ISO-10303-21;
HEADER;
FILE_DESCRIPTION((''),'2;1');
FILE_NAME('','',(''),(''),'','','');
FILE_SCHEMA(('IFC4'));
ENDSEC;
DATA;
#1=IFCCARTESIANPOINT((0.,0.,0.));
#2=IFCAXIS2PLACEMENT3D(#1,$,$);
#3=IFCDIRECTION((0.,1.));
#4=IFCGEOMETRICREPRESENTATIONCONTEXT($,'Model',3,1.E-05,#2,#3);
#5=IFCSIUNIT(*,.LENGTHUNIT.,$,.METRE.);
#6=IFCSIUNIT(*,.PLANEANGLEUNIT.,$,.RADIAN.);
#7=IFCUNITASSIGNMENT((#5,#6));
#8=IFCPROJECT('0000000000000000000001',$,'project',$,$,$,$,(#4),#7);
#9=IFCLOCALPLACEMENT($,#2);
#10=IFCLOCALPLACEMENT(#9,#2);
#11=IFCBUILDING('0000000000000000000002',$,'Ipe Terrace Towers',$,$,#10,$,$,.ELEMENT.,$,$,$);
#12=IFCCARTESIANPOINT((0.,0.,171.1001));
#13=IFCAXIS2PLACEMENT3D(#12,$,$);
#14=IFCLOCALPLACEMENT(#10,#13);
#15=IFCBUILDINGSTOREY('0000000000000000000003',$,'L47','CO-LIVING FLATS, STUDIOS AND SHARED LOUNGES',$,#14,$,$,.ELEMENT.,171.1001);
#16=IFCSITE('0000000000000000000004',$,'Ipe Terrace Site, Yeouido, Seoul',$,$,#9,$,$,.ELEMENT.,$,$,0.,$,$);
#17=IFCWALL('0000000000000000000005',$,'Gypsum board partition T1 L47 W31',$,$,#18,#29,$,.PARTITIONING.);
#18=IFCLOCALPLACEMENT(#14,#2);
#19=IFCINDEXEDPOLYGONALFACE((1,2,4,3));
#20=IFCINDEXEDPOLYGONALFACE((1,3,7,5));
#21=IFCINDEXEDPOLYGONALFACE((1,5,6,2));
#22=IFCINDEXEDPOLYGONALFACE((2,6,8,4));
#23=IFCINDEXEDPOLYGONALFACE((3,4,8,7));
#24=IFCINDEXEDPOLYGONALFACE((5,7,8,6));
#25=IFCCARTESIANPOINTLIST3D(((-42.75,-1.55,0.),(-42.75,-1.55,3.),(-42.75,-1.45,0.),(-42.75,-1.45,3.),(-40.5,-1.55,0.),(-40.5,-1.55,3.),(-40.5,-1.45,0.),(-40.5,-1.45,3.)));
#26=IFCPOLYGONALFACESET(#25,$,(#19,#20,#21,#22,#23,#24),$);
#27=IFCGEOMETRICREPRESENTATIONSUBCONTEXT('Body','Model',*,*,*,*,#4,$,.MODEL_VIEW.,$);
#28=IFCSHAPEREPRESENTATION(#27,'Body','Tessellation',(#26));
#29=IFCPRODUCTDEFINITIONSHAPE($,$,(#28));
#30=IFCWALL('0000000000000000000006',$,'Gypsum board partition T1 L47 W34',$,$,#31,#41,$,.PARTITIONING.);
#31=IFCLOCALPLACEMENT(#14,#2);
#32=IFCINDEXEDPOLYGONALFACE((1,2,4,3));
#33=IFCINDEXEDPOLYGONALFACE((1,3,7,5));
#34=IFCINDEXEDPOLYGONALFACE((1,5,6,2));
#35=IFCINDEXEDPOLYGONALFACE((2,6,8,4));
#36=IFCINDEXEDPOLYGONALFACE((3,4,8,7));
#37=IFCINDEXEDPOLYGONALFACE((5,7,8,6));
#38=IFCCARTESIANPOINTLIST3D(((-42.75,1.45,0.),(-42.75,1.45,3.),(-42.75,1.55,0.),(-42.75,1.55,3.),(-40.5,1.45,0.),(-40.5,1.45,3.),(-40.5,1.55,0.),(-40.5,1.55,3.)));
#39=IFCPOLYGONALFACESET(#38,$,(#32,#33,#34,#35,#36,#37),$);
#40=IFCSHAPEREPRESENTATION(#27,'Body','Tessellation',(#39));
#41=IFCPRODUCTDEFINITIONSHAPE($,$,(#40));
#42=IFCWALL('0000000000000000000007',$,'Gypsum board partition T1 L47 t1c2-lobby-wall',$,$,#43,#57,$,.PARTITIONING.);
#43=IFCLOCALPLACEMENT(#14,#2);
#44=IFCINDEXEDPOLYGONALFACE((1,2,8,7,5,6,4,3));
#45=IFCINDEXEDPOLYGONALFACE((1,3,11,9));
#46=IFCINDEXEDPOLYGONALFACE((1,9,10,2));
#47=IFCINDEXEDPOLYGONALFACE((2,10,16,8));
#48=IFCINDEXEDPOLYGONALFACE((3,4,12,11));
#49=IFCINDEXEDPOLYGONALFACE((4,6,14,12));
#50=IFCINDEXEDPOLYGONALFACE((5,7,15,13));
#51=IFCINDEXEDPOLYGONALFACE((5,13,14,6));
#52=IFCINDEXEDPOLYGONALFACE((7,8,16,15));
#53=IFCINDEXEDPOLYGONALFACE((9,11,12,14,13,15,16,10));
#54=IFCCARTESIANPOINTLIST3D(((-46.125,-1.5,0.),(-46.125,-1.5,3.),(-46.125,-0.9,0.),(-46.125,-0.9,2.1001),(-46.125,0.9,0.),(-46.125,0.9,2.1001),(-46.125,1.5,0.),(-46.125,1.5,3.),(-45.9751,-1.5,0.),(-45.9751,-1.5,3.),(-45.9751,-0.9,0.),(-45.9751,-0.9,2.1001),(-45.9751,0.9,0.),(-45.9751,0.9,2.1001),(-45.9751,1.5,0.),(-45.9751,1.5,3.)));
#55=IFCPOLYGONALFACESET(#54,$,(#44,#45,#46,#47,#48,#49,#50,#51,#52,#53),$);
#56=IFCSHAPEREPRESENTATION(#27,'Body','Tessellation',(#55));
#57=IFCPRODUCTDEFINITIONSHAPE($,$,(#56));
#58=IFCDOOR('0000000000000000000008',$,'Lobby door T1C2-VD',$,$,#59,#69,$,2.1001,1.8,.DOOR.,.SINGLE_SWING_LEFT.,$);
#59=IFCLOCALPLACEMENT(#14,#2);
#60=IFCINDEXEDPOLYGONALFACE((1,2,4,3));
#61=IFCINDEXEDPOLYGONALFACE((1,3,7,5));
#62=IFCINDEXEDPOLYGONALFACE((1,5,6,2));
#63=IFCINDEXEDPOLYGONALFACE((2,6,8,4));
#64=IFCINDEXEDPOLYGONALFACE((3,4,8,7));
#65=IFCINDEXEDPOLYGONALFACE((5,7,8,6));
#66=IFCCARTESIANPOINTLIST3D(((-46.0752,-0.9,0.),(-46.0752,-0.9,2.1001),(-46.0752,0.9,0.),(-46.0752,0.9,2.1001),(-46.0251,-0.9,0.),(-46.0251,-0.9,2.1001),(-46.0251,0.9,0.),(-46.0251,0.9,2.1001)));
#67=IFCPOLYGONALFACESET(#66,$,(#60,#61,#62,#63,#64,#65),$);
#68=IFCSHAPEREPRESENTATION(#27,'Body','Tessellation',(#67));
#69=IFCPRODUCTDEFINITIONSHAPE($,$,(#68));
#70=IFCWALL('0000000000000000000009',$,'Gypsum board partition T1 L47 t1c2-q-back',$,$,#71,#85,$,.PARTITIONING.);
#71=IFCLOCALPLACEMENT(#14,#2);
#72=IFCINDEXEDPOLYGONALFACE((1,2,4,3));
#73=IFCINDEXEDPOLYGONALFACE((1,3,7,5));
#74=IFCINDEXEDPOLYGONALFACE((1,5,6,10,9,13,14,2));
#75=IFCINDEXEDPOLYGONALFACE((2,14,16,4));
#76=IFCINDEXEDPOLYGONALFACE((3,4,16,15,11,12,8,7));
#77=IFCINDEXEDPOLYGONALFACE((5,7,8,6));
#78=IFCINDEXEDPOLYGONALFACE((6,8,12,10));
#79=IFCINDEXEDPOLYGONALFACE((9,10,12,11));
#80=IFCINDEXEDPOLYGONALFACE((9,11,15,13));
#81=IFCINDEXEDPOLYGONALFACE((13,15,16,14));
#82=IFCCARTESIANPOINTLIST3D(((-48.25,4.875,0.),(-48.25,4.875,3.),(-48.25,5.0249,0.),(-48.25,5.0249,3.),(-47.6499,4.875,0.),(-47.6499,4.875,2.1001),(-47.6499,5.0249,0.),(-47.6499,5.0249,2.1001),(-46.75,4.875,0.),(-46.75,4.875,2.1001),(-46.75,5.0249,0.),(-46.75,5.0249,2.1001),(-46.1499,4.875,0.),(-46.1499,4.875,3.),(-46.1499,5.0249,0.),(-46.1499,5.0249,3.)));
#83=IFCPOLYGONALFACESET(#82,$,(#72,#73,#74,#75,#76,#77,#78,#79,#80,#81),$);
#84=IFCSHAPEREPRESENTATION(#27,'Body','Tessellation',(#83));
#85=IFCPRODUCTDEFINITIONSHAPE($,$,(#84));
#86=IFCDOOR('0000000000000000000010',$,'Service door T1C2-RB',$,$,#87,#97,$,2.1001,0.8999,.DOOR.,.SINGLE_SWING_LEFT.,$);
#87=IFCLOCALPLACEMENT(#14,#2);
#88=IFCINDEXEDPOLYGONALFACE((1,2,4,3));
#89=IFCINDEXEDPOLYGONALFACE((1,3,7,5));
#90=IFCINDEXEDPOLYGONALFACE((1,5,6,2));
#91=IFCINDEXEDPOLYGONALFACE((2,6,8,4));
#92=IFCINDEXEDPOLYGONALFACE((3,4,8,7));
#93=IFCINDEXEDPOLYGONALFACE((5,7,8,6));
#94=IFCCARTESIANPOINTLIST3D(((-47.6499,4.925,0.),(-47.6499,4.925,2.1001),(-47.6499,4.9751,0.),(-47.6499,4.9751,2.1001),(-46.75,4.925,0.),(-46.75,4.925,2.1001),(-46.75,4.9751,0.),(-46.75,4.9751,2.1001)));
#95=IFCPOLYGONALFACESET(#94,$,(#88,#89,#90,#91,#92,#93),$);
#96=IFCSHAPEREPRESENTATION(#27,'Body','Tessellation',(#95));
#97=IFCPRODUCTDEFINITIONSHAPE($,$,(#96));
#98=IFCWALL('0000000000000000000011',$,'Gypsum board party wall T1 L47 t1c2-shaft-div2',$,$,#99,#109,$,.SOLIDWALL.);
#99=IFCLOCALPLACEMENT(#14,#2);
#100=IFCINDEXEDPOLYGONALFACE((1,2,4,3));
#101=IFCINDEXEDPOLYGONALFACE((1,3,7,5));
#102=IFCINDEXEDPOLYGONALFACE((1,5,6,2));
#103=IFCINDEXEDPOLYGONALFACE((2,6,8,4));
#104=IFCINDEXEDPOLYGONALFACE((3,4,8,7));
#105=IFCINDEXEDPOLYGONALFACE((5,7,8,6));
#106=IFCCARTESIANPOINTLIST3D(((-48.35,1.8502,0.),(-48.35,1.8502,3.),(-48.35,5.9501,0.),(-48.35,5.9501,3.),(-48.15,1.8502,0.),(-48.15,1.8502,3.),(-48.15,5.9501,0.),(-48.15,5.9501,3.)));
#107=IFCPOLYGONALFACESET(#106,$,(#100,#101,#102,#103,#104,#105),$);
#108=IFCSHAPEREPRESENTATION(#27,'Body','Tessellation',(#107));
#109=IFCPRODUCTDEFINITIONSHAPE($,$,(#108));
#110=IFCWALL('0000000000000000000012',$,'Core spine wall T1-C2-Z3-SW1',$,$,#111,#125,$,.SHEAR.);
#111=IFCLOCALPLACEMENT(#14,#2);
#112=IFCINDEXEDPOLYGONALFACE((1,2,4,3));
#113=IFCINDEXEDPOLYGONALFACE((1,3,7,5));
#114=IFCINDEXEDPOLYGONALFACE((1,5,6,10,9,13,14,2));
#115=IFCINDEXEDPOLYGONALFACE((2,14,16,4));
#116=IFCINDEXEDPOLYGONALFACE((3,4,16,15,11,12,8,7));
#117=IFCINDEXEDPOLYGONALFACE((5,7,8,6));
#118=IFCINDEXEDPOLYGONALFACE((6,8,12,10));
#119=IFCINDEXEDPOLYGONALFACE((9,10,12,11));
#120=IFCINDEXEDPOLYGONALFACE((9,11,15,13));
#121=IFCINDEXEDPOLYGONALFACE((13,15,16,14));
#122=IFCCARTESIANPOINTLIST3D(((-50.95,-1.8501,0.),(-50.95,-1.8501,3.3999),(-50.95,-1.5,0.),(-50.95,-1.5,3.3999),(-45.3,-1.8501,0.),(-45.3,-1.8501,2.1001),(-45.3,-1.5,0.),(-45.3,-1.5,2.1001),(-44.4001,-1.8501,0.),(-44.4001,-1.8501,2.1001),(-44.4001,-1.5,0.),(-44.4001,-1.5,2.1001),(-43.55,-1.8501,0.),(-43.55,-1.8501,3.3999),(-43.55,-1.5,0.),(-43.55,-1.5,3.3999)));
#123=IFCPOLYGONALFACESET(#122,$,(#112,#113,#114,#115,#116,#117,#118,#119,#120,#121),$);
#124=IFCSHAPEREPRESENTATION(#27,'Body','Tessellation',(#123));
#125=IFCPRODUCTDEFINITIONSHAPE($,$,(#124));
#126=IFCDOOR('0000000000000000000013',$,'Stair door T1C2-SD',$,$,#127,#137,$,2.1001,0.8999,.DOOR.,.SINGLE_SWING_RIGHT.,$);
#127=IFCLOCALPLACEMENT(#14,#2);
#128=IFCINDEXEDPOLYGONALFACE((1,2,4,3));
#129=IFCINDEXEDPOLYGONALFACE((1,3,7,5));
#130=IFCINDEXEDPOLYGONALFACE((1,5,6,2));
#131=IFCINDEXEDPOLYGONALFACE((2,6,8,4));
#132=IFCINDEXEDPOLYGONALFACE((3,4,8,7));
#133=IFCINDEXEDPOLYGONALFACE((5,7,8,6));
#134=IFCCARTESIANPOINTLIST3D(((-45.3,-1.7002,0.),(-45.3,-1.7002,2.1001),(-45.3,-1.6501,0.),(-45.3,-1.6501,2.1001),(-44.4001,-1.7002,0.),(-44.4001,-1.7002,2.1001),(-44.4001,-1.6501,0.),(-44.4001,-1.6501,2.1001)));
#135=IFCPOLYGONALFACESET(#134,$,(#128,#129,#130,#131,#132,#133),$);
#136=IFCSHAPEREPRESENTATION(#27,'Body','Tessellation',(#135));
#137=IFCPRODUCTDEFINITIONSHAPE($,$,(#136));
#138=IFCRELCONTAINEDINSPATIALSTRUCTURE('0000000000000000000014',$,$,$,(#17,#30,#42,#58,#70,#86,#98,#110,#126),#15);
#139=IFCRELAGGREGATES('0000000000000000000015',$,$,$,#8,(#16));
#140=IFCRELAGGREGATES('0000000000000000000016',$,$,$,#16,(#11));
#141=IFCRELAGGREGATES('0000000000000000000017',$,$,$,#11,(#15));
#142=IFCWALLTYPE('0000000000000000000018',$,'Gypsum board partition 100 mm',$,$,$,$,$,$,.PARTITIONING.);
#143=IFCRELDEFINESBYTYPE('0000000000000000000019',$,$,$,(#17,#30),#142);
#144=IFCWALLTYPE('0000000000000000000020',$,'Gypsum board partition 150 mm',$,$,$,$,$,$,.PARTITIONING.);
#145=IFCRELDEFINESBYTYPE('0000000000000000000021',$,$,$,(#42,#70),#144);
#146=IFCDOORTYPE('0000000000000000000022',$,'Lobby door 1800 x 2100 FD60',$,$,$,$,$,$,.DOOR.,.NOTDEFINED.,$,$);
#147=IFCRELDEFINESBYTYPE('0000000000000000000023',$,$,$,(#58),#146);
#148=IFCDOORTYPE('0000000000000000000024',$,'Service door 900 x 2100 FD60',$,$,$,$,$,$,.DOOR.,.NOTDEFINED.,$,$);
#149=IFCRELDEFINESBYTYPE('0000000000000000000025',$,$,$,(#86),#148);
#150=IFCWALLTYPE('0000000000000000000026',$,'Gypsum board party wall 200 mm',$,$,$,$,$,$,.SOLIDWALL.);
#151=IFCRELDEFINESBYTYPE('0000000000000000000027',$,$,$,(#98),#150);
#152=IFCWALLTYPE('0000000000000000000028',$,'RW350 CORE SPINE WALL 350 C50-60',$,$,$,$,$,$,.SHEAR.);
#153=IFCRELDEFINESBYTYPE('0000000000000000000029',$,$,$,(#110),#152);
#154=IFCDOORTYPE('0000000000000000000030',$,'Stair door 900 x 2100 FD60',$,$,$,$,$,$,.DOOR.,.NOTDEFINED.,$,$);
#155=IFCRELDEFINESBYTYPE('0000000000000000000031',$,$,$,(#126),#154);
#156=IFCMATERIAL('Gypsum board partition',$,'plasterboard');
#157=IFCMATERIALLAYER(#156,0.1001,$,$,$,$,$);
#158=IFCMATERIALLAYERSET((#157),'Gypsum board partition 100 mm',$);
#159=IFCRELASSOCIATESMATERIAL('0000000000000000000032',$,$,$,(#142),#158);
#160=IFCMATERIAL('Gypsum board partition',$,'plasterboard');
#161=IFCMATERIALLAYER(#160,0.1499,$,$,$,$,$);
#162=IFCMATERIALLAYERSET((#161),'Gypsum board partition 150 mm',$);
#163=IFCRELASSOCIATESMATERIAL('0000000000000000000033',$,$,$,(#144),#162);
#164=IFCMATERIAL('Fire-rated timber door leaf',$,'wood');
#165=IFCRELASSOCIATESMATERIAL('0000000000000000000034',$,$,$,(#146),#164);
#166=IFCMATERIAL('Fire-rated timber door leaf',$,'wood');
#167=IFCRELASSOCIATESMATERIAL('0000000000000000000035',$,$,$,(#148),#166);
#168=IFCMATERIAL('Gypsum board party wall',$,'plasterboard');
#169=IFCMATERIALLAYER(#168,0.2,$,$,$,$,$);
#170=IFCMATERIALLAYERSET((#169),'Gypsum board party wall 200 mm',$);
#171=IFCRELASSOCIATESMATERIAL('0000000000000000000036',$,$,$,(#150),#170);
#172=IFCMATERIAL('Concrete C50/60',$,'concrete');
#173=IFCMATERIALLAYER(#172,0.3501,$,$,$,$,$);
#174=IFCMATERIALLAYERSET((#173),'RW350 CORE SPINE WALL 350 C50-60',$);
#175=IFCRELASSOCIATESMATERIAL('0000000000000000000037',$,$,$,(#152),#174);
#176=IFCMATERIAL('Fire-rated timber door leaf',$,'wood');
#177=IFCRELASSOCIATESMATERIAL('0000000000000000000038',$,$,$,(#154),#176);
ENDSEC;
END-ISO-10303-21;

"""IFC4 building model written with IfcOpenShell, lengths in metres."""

from ifc_helpers import new_model, si_unit, direction, frame, frame_2d, origin, place, context, subcontext, project, spatial, rectangle, extrude, material, layer, layer_set, type_object, element, fill, save


model = new_model("IFC4")

# Units and contexts
model_context = context("Model", 3, precision=1e-05, world=origin(), true_north=direction((0.0, 1.0)))
body_context = subcontext(model_context, "Body", "Model", "MODEL_VIEW")
ifc_project = project(units=[si_unit("LENGTHUNIT", "METRE"), si_unit("PLANEANGLEUNIT", "RADIAN")], contexts=[model_context])

# Site, building, storey
site_placement = place(None, origin())
site = spatial("IfcSite", under=ifc_project, at=site_placement, Name="Ipe Terrace Site, Yeouido, Seoul", CompositionType="ELEMENT", RefElevation=0.0)
building_placement = place(site_placement, origin())
building = spatial("IfcBuilding", under=site, at=building_placement, Name="Ipe Terrace Towers", CompositionType="ELEMENT")
storey_placement = place(building_placement, frame((0.0, 0.0, 171.1001)))
storey = spatial("IfcBuildingStorey", under=building, at=storey_placement, Name="L47", Description="CO-LIVING FLATS, STUDIOS AND SHARED LOUNGES", CompositionType="ELEMENT", Elevation=171.1001)

# Walls
ifc_material_1 = material(Name="Gypsum board partition", Category="plasterboard")
ifc_layer_1 = layer(ifc_material_1, 0.1001)
ifc_layer_set_1 = layer_set([ifc_layer_1], Name="Gypsum board partition 100 mm")
wall_type_1 = type_object("IfcWallType", Name="Gypsum board partition 100 mm", PredefinedType="PARTITIONING", material=ifc_layer_set_1)
for number, where, z_axis, x_axis, name in (
    (1, (-42.75, -1.5, 0.0), (0.0, 0.0, 1.0), (1.0, 0.0, 0.0), "Gypsum board partition T1 L47 W31"),
    (2, (-42.75, 1.5, 0.0), (0.0, 0.0, 1.0), (1.0, 0.0, 0.0), "Gypsum board partition T1 L47 W34"),
):
    element("IfcWall", number, at=place(storey_placement, frame(where, z_axis=z_axis, x_axis=x_axis)), inside=storey, type_object=wall_type_1, Name=name, PredefinedType="PARTITIONING", context=body_context, shape_type="SweptSolid", body=[
        extrude(rectangle(XDim=2.25, YDim=0.1001, at=frame_2d((1.125, 0.0))), origin(), (0.0, 0.0, 1.0), 3.0),
    ])

# Walls, openings, doors
ifc_material_2 = material(Name="Gypsum board partition", Category="plasterboard")
ifc_layer_2 = layer(ifc_material_2, 0.1499)
ifc_layer_set_2 = layer_set([ifc_layer_2], Name="Gypsum board partition 150 mm")
wall_type_2 = type_object("IfcWallType", Name="Gypsum board partition 150 mm", PredefinedType="PARTITIONING", material=ifc_layer_set_2)
wall_1_placement = place(storey_placement, frame((-46.05, 1.5, 0.0), z_axis=(0.0, 0.0, 1.0), x_axis=(0.0, -1.0, 0.0)))
wall_1 = element("IfcWall", 3, at=wall_1_placement, inside=storey, type_object=wall_type_2, Name="Gypsum board partition T1 L47 t1c2-lobby-wall", PredefinedType="PARTITIONING", context=body_context, shape_type="SweptSolid", body=[
    extrude(rectangle(XDim=3.0, YDim=0.1499, at=frame_2d((1.5, 0.0))), origin(), (0.0, 0.0, 1.0), 3.0),
])
opening_1_placement = place(wall_1_placement, frame((0.6001, 0.0, 0.0)))
opening_1 = element("IfcOpeningElement", 4, at=opening_1_placement, cuts=wall_1, PredefinedType="OPENING", context=body_context, shape_type="SweptSolid", body=[
    extrude(rectangle(XDim=1.8, YDim=2.1001, at=frame_2d((0.8999, 1.05))), frame((0.0, 0.085, 0.0), z_axis=(0.0, -1.0, 0.0), x_axis=(1.0, 0.0, 0.0)), (0.0, 0.0, 1.0), 0.1699),
])
ifc_material_3 = material(Name="Fire-rated timber door leaf", Category="wood")
door_type_1 = type_object("IfcDoorType", Name="Lobby door 1800 x 2100 FD60", OperationType="NOTDEFINED", PredefinedType="DOOR", material=ifc_material_3)
door_1_placement = place(opening_1_placement, origin())
door_1 = element("IfcDoor", 5, at=door_1_placement, inside=storey, type_object=door_type_1, Name="Lobby door T1C2-VD", OperationType="SINGLE_SWING_LEFT", OverallHeight=2.1001, OverallWidth=1.8, PredefinedType="DOOR", context=body_context, shape_type="SweptSolid", body=[
    extrude(rectangle(XDim=1.8, YDim=2.1001, at=frame_2d((0.8999, 1.05))), frame((0.0, 0.0249, 0.0), z_axis=(0.0, -1.0, 0.0), x_axis=(1.0, 0.0, 0.0)), (0.0, 0.0, 1.0), 0.05),
])
fill(opening_1, door_1)
wall_2_placement = place(storey_placement, frame((-46.1499, 4.95, 0.0), z_axis=(0.0, 0.0, 1.0), x_axis=(-1.0, 0.0, 0.0)))
wall_2 = element("IfcWall", 6, at=wall_2_placement, inside=storey, type_object=wall_type_2, Name="Gypsum board partition T1 L47 t1c2-q-back", PredefinedType="PARTITIONING", context=body_context, shape_type="SweptSolid", body=[
    extrude(rectangle(XDim=2.1001, YDim=0.1499, at=frame_2d((1.05, 0.0))), origin(), (0.0, 0.0, 1.0), 3.0),
])
opening_2_placement = place(wall_2_placement, frame((0.6001, 0.0, 0.0)))
opening_2 = element("IfcOpeningElement", 7, at=opening_2_placement, cuts=wall_2, PredefinedType="OPENING", context=body_context, shape_type="SweptSolid", body=[
    extrude(rectangle(XDim=0.8999, YDim=2.1001, at=frame_2d((0.45, 1.05))), frame((0.0, 0.085, 0.0), z_axis=(0.0, -1.0, 0.0), x_axis=(1.0, 0.0, 0.0)), (0.0, 0.0, 1.0), 0.1699),
])
ifc_material_4 = material(Name="Fire-rated timber door leaf", Category="wood")
door_type_2 = type_object("IfcDoorType", Name="Service door 900 x 2100 FD60", OperationType="NOTDEFINED", PredefinedType="DOOR", material=ifc_material_4)
door_2_placement = place(opening_2_placement, origin())
door_2 = element("IfcDoor", 8, at=door_2_placement, inside=storey, type_object=door_type_2, Name="Service door T1C2-RB", OperationType="SINGLE_SWING_LEFT", OverallHeight=2.1001, OverallWidth=0.8999, PredefinedType="DOOR", context=body_context, shape_type="SweptSolid", body=[
    extrude(rectangle(XDim=0.8999, YDim=2.1001, at=frame_2d((0.45, 1.05))), frame((0.0, 0.0249, 0.0), z_axis=(0.0, -1.0, 0.0), x_axis=(1.0, 0.0, 0.0)), (0.0, 0.0, 1.0), 0.05),
])
fill(opening_2, door_2)

# Wall
ifc_material_5 = material(Name="Gypsum board party wall", Category="plasterboard")
ifc_layer_3 = layer(ifc_material_5, 0.2)
ifc_layer_set_3 = layer_set([ifc_layer_3], Name="Gypsum board party wall 200 mm")
wall_type_3 = type_object("IfcWallType", Name="Gypsum board party wall 200 mm", PredefinedType="SOLIDWALL", material=ifc_layer_set_3)
wall_3_placement = place(storey_placement, frame((-48.25, 5.95, 0.0), z_axis=(0.0, 0.0, 1.0), x_axis=(0.0, -1.0, 0.0)))
element("IfcWall", 9, at=wall_3_placement, inside=storey, type_object=wall_type_3, Name="Gypsum board party wall T1 L47 t1c2-shaft-div2", PredefinedType="SOLIDWALL", context=body_context, shape_type="SweptSolid", body=[
    extrude(rectangle(XDim=4.0999, YDim=0.2, at=frame_2d((2.0498, 0.0))), origin(), (0.0, 0.0, 1.0), 3.0),
])

# Wall, opening, door
ifc_material_6 = material(Name="Concrete C50/60", Category="concrete")
ifc_layer_4 = layer(ifc_material_6, 0.3501)
ifc_layer_set_4 = layer_set([ifc_layer_4], Name="RW350 CORE SPINE WALL 350 C50-60")
wall_type_4 = type_object("IfcWallType", Name="RW350 CORE SPINE WALL 350 C50-60", PredefinedType="SHEAR", material=ifc_layer_set_4)
wall_4_placement = place(storey_placement, frame((-50.95, -1.675, 0.0), z_axis=(0.0, 0.0, 1.0), x_axis=(1.0, 0.0, 0.0)))
wall_4 = element("IfcWall", 10, at=wall_4_placement, inside=storey, type_object=wall_type_4, Name="Core spine wall T1-C2-Z3-SW1", PredefinedType="SHEAR", context=body_context, shape_type="SweptSolid", body=[
    extrude(rectangle(XDim=7.3999, YDim=0.3501, at=frame_2d((3.7, 0.0))), origin(), (0.0, 0.0, 1.0), 3.3999),
])
opening_3_placement = place(wall_4_placement, frame((5.6499, 0.0, 0.0)))
opening_3 = element("IfcOpeningElement", 11, at=opening_3_placement, cuts=wall_4, PredefinedType="OPENING", context=body_context, shape_type="SweptSolid", body=[
    extrude(rectangle(XDim=0.8999, YDim=2.1001, at=frame_2d((0.45, 1.05))), frame((0.0, 0.1851, 0.0), z_axis=(0.0, -1.0, 0.0), x_axis=(1.0, 0.0, 0.0)), (0.0, 0.0, 1.0), 0.3701),
])
ifc_material_7 = material(Name="Fire-rated timber door leaf", Category="wood")
door_type_3 = type_object("IfcDoorType", Name="Stair door 900 x 2100 FD60", OperationType="NOTDEFINED", PredefinedType="DOOR", material=ifc_material_7)
door_3_placement = place(opening_3_placement, origin())
door_3 = element("IfcDoor", 12, at=door_3_placement, inside=storey, type_object=door_type_3, Name="Stair door T1C2-SD", OperationType="SINGLE_SWING_RIGHT", OverallHeight=2.1001, OverallWidth=0.8999, PredefinedType="DOOR", context=body_context, shape_type="SweptSolid", body=[
    extrude(rectangle(XDim=0.8999, YDim=2.1001, at=frame_2d((0.45, 1.05))), frame((0.0, 0.0249, 0.0), z_axis=(0.0, -1.0, 0.0), x_axis=(1.0, 0.0, 0.0)), (0.0, 0.0, 1.0), 0.05),
])
fill(opening_3, door_3)

save(model, "model.ifc")
